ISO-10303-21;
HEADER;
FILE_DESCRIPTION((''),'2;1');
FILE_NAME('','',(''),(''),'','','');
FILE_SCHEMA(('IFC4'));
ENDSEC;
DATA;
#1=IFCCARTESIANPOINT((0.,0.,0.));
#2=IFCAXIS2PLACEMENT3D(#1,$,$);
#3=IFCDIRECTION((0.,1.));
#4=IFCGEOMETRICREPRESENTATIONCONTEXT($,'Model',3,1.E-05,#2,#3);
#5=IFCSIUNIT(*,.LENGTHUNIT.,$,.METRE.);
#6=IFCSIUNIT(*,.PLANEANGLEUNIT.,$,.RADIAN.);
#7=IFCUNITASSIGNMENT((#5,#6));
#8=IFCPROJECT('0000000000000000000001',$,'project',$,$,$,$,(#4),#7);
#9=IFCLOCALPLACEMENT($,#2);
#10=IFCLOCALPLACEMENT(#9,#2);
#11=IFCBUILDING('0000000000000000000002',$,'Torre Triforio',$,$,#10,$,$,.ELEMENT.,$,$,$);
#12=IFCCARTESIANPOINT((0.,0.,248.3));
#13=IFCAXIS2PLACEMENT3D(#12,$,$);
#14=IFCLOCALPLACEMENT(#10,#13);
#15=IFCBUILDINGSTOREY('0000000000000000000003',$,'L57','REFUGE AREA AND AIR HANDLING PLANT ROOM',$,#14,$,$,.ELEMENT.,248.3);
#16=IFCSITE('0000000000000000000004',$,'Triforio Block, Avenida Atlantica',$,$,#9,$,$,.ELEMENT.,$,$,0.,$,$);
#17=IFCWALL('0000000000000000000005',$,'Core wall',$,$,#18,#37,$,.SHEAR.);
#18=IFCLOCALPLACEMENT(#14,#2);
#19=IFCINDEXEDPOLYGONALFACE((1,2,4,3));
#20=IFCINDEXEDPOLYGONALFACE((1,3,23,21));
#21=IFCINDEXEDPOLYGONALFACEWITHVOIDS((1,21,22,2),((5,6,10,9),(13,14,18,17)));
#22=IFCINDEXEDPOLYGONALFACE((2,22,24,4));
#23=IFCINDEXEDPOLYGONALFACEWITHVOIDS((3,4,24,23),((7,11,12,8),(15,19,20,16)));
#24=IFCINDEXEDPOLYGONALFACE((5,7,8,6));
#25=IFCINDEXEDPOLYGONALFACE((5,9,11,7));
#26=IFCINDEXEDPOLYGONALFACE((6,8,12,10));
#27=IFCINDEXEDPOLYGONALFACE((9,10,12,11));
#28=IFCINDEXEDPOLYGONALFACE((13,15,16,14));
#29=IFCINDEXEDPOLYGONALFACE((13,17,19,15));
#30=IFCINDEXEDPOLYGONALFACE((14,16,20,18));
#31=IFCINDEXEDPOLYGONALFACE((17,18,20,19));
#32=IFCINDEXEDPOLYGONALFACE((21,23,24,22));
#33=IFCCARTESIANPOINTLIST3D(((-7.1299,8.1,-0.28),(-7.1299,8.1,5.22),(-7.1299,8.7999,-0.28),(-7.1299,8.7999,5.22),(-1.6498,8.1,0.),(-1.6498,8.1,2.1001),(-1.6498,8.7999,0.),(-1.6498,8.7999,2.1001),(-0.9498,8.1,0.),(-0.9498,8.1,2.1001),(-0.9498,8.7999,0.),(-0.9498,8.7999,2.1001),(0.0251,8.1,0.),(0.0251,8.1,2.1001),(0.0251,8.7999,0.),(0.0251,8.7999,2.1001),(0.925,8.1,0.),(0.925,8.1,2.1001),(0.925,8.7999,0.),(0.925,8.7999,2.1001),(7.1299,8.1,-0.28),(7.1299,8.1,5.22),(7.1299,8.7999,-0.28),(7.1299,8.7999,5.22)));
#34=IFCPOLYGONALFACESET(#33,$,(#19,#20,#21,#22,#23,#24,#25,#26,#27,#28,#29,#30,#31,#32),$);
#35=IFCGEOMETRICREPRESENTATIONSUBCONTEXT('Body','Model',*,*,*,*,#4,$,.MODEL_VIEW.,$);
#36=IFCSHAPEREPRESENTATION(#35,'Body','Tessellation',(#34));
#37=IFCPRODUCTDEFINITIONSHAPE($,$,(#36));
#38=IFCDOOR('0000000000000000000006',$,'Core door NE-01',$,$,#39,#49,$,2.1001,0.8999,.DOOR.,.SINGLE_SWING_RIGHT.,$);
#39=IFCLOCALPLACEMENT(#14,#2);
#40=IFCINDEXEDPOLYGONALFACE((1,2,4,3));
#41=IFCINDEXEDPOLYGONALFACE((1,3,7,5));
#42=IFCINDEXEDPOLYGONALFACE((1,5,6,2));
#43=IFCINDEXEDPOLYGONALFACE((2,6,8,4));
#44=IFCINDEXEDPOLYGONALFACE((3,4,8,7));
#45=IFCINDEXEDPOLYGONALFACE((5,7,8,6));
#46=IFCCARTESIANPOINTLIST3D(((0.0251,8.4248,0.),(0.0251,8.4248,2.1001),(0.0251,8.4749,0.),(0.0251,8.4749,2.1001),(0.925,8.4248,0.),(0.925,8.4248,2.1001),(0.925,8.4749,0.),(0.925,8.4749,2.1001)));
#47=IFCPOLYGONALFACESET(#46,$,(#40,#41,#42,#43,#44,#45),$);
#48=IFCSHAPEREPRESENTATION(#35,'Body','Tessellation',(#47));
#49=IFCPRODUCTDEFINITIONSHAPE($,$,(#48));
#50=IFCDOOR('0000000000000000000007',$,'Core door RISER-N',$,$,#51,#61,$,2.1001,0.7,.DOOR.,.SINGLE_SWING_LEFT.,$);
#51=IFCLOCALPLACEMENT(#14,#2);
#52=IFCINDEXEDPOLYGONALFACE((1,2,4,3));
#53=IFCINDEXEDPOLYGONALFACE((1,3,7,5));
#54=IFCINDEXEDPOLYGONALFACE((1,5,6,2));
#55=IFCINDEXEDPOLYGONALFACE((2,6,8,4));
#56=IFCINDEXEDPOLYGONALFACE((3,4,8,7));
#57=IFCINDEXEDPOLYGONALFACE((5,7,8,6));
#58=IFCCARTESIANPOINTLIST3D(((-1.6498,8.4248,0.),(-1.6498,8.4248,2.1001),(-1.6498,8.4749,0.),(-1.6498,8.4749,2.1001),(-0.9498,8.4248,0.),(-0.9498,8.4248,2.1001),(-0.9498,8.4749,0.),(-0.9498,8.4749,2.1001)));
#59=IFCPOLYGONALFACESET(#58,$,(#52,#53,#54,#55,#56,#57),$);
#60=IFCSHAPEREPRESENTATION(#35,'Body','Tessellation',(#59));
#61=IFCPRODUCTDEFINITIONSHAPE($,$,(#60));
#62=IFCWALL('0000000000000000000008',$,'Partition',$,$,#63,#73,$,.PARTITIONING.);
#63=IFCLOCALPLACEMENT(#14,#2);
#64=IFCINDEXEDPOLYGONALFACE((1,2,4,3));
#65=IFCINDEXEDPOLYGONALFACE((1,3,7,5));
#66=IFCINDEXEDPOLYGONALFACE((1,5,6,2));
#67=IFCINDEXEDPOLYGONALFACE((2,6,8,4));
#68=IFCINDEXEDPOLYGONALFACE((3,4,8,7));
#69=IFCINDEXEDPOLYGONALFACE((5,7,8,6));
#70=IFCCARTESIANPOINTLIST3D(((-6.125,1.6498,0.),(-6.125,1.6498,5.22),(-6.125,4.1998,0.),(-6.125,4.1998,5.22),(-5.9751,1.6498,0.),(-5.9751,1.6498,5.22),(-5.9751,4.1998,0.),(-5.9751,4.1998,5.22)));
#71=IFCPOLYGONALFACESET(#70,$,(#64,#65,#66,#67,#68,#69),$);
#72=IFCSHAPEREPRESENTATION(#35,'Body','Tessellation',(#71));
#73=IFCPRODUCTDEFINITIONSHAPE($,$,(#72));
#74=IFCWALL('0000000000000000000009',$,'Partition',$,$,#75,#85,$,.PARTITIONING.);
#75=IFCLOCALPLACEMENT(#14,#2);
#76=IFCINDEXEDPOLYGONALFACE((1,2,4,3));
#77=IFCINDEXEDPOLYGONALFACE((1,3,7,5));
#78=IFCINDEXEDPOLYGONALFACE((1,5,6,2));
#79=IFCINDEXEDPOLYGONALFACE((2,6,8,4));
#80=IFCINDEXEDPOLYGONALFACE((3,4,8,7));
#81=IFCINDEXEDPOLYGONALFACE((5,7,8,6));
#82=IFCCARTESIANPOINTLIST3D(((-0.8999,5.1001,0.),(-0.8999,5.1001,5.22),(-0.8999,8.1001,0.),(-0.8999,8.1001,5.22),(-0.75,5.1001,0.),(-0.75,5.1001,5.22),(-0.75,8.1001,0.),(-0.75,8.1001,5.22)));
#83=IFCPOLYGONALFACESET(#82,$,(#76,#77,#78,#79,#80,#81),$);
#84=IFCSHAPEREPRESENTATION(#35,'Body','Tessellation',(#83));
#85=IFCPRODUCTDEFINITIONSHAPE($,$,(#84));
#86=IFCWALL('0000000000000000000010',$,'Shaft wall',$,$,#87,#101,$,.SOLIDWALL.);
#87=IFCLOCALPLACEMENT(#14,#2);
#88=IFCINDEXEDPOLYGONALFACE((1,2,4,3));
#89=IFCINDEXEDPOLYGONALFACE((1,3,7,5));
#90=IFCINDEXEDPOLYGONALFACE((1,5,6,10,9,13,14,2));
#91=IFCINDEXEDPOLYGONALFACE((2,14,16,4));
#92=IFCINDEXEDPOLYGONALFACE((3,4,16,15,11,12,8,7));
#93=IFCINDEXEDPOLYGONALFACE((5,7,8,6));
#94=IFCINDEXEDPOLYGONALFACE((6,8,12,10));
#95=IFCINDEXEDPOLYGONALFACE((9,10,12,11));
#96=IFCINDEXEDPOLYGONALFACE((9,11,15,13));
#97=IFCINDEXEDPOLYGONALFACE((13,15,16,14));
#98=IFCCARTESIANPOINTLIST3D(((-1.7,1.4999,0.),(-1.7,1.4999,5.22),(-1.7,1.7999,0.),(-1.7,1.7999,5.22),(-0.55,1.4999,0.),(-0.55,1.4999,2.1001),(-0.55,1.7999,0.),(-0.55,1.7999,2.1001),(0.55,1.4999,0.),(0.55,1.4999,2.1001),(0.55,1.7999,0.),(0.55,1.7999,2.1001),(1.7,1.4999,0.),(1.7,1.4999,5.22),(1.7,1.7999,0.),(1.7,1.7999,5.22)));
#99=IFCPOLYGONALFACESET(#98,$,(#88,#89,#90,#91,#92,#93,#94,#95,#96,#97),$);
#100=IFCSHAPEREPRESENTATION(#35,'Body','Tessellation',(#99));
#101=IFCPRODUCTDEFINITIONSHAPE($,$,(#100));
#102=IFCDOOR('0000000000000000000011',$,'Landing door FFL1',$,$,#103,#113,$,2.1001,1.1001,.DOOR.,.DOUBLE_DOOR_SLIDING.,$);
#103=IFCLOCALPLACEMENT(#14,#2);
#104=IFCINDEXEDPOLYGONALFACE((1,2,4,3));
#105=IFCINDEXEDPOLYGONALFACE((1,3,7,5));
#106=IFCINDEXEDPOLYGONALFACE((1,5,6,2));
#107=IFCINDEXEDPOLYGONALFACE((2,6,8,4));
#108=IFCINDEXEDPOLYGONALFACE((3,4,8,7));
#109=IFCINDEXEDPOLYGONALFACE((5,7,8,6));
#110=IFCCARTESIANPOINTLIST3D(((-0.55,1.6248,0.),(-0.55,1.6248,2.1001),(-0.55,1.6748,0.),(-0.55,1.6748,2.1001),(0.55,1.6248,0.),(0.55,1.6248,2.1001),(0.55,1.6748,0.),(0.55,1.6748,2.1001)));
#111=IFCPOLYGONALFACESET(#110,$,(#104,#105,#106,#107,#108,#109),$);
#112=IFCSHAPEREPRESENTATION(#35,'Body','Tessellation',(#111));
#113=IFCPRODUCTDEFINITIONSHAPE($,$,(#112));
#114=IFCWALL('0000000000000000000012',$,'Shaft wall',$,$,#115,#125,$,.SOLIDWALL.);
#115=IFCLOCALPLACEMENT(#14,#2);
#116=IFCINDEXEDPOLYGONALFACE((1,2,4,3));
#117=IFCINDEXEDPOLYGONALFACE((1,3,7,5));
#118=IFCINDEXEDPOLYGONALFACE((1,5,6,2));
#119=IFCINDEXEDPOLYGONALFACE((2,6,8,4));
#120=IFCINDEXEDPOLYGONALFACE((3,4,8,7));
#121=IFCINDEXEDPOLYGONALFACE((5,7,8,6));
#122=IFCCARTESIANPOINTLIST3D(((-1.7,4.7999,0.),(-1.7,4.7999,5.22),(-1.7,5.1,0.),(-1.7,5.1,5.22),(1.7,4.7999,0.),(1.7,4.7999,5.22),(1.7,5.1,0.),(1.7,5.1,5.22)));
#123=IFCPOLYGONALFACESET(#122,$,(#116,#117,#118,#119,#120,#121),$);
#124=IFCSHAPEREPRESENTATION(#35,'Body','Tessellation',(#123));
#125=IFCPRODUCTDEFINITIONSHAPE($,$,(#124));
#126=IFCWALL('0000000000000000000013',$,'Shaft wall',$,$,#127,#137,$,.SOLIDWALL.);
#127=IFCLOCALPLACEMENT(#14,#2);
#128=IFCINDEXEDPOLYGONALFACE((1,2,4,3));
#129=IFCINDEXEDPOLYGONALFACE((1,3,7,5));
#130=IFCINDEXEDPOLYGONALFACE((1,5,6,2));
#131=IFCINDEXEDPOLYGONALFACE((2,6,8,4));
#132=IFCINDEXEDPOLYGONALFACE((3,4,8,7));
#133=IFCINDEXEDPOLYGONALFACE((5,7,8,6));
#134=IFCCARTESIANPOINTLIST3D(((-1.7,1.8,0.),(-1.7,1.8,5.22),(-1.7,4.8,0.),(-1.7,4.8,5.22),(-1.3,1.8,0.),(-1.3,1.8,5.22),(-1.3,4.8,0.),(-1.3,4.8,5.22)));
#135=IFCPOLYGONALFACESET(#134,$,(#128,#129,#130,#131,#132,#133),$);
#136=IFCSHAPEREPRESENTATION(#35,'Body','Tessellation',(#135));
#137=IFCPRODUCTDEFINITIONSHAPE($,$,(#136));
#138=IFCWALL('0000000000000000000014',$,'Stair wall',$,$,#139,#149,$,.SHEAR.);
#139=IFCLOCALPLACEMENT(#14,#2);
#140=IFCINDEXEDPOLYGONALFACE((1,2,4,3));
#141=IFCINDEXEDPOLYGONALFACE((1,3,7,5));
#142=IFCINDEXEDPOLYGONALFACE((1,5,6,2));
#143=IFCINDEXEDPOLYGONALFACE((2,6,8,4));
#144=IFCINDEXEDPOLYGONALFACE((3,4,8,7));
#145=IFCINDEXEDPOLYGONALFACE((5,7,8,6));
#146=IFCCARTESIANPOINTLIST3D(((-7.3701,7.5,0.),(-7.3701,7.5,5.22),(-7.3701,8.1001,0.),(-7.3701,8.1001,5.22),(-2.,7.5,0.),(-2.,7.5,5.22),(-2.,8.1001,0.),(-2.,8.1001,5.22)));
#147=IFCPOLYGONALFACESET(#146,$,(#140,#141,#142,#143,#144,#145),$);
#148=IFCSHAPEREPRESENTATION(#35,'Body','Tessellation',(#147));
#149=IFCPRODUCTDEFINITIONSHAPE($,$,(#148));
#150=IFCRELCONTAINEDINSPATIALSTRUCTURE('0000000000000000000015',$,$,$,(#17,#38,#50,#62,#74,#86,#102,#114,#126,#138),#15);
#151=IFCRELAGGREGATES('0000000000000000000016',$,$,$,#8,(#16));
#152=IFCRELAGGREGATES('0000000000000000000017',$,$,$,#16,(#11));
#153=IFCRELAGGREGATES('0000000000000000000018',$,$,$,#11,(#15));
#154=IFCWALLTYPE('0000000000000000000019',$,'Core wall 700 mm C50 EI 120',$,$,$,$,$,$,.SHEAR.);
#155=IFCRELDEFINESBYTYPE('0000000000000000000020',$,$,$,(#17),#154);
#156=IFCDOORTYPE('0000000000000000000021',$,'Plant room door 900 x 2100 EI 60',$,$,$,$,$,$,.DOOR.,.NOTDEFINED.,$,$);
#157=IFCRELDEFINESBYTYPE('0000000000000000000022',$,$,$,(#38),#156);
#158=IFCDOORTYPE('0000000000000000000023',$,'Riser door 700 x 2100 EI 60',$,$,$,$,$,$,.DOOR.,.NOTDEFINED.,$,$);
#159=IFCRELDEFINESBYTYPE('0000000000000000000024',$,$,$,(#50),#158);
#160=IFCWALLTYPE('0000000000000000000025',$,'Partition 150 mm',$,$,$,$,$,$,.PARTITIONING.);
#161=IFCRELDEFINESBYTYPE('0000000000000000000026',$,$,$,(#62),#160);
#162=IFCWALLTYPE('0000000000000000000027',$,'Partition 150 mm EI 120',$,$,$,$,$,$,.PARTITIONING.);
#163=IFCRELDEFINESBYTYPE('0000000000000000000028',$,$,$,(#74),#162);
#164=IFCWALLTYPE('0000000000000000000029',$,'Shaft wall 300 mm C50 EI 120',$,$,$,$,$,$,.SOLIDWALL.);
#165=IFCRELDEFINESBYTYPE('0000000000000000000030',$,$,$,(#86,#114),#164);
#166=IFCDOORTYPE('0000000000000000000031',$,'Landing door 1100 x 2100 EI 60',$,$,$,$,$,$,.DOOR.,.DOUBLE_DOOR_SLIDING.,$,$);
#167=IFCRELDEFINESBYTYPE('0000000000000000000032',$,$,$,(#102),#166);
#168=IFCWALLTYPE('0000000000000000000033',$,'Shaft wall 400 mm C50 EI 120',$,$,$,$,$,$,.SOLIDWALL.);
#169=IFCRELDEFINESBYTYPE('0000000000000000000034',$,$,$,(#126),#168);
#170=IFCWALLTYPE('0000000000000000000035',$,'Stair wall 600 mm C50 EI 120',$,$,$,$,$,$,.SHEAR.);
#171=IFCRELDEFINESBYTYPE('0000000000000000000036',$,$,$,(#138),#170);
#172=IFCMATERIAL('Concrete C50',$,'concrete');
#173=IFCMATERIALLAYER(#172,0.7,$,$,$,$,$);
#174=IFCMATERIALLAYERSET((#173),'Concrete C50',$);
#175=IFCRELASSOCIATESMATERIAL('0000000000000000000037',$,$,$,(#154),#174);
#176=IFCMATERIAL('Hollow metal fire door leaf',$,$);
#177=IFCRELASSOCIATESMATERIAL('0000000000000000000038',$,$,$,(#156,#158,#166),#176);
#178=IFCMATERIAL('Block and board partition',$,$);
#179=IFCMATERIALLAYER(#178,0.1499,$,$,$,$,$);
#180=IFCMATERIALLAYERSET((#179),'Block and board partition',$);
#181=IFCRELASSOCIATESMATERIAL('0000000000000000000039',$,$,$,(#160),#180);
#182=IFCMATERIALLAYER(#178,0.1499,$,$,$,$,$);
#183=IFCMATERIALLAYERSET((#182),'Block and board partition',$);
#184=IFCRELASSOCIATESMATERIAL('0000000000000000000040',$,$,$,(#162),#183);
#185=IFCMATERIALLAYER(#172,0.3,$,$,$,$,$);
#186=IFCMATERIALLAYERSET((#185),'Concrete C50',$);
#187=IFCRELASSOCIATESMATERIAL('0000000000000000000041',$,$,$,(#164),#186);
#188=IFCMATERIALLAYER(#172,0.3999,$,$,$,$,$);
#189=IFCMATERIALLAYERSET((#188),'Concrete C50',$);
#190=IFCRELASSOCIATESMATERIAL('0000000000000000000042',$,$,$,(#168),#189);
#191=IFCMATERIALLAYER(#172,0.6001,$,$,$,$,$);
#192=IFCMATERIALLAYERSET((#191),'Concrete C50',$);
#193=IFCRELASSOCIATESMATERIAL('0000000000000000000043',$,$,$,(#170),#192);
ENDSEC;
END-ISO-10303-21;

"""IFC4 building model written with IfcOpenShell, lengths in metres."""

from ifc_helpers import new_model, si_unit, direction, frame, frame_2d, origin, place, context, subcontext, project, spatial, rectangle, extrude, material, layer, layer_set, type_object, element, fill, save


model = new_model("IFC4")

# Units and contexts
model_context = context("Model", 3, precision=1e-05, world=origin(), true_north=direction((0.0, 1.0)))
body_context = subcontext(model_context, "Body", "Model", "MODEL_VIEW")
ifc_project = project(units=[si_unit("LENGTHUNIT", "METRE"), si_unit("PLANEANGLEUNIT", "RADIAN")], contexts=[model_context])

# Site, building, storey
site_placement = place(None, origin())
site = spatial("IfcSite", under=ifc_project, at=site_placement, Name="Triforio Block, Avenida Atlantica", CompositionType="ELEMENT", RefElevation=0.0)
building_placement = place(site_placement, origin())
building = spatial("IfcBuilding", under=site, at=building_placement, Name="Torre Triforio", CompositionType="ELEMENT")
storey_placement = place(building_placement, frame((0.0, 0.0, 248.3)))
storey = spatial("IfcBuildingStorey", under=building, at=storey_placement, Name="L57", Description="REFUGE AREA AND AIR HANDLING PLANT ROOM", CompositionType="ELEMENT", Elevation=248.3)

# Shared definitions
ifc_material_1 = material(Name="Concrete C50", Category="concrete")

# Wall, openings, doors
ifc_layer_1 = layer(ifc_material_1, 0.7)
ifc_layer_set_1 = layer_set([ifc_layer_1], Name="Concrete C50")
wall_type_1 = type_object("IfcWallType", Name="Core wall 700 mm C50 EI 120", PredefinedType="SHEAR", material=ifc_layer_set_1)
wall_1_placement = place(storey_placement, frame((-7.1299, 8.45, -0.28), z_axis=(0.0, 0.0, 1.0), x_axis=(1.0, 0.0, 0.0)))
wall_1 = element("IfcWall", 1, at=wall_1_placement, inside=storey, type_object=wall_type_1, Name="Core wall", PredefinedType="SHEAR", context=body_context, shape_type="SweptSolid", body=[
    extrude(rectangle(XDim=14.2598, YDim=0.7, at=frame_2d((7.1299, 0.0))), origin(), (0.0, 0.0, 1.0), 5.5),
])
opening_1_placement = place(wall_1_placement, frame((5.48, 0.0, 0.28)))
opening_1 = element("IfcOpeningElement", 2, at=opening_1_placement, cuts=wall_1, PredefinedType="OPENING", context=body_context, shape_type="SweptSolid", body=[
    extrude(rectangle(XDim=0.7, YDim=2.1001, at=frame_2d((0.3501, 1.05))), frame((0.0, 0.3599, 0.0), z_axis=(0.0, -1.0, 0.0), x_axis=(1.0, 0.0, 0.0)), (0.0, 0.0, 1.0), 0.72),
])
opening_2_placement = place(wall_1_placement, frame((7.155, 0.0, 0.28)))
opening_2 = element("IfcOpeningElement", 3, at=opening_2_placement, cuts=wall_1, PredefinedType="OPENING", context=body_context, shape_type="SweptSolid", body=[
    extrude(rectangle(XDim=0.8999, YDim=2.1001, at=frame_2d((0.45, 1.05))), frame((0.0, 0.3599, 0.0), z_axis=(0.0, -1.0, 0.0), x_axis=(1.0, 0.0, 0.0)), (0.0, 0.0, 1.0), 0.72),
])
ifc_material_2 = material(Name="Hollow metal fire door leaf")
door_type_1 = type_object("IfcDoorType", Name="Plant room door 900 x 2100 EI 60", OperationType="NOTDEFINED", PredefinedType="DOOR", material=ifc_material_2)
door_1_placement = place(opening_2_placement, origin())
door_1 = element("IfcDoor", 4, at=door_1_placement, inside=storey, type_object=door_type_1, Name="Core door NE-01", OperationType="SINGLE_SWING_RIGHT", OverallHeight=2.1001, OverallWidth=0.8999, PredefinedType="DOOR", context=body_context, shape_type="SweptSolid", body=[
    extrude(rectangle(XDim=0.8999, YDim=2.1001, at=frame_2d((0.45, 1.05))), frame((0.0, 0.0249, 0.0), z_axis=(0.0, -1.0, 0.0), x_axis=(1.0, 0.0, 0.0)), (0.0, 0.0, 1.0), 0.05),
])
fill(opening_2, door_1)
door_type_2 = type_object("IfcDoorType", Name="Riser door 700 x 2100 EI 60", OperationType="NOTDEFINED", PredefinedType="DOOR", material=ifc_material_2)
door_2_placement = place(opening_1_placement, origin())
door_2 = element("IfcDoor", 5, at=door_2_placement, inside=storey, type_object=door_type_2, Name="Core door RISER-N", OperationType="SINGLE_SWING_LEFT", OverallHeight=2.1001, OverallWidth=0.7, PredefinedType="DOOR", context=body_context, shape_type="SweptSolid", body=[
    extrude(rectangle(XDim=0.7, YDim=2.1001, at=frame_2d((0.3501, 1.05))), frame((0.0, 0.0249, 0.0), z_axis=(0.0, -1.0, 0.0), x_axis=(1.0, 0.0, 0.0)), (0.0, 0.0, 1.0), 0.05),
])
fill(opening_1, door_2)

# Walls
ifc_material_3 = material(Name="Block and board partition")
ifc_layer_2 = layer(ifc_material_3, 0.1499)
ifc_layer_set_2 = layer_set([ifc_layer_2], Name="Block and board partition")
wall_type_2 = type_object("IfcWallType", Name="Partition 150 mm", PredefinedType="PARTITIONING", material=ifc_layer_set_2)
wall_2_placement = place(storey_placement, frame((-6.05, 1.6499, 0.0), z_axis=(0.0, 0.0, 1.0), x_axis=(0.0, 1.0, 0.0)))
element("IfcWall", 6, at=wall_2_placement, inside=storey, type_object=wall_type_2, Name="Partition", PredefinedType="PARTITIONING", context=body_context, shape_type="SweptSolid", body=[
    extrude(rectangle(XDim=2.55, YDim=0.1499, at=frame_2d((1.2749, 0.0))), origin(), (0.0, 0.0, 1.0), 5.22),
])
ifc_layer_3 = layer(ifc_material_3, 0.1499)
ifc_layer_set_3 = layer_set([ifc_layer_3], Name="Block and board partition")
wall_type_3 = type_object("IfcWallType", Name="Partition 150 mm EI 120", PredefinedType="PARTITIONING", material=ifc_layer_set_3)
wall_3_placement = place(storey_placement, frame((-0.825, 5.1001, 0.0), z_axis=(0.0, 0.0, 1.0), x_axis=(0.0, 1.0, 0.0)))
element("IfcWall", 7, at=wall_3_placement, inside=storey, type_object=wall_type_3, Name="Partition", PredefinedType="PARTITIONING", context=body_context, shape_type="SweptSolid", body=[
    extrude(rectangle(XDim=3.0, YDim=0.1499, at=frame_2d((1.5, 0.0))), origin(), (0.0, 0.0, 1.0), 5.22),
])

# Wall, opening, door
ifc_layer_4 = layer(ifc_material_1, 0.3)
ifc_layer_set_4 = layer_set([ifc_layer_4], Name="Concrete C50")
wall_type_4 = type_object("IfcWallType", Name="Shaft wall 300 mm C50 EI 120", PredefinedType="SOLIDWALL", material=ifc_layer_set_4)
wall_4_placement = place(storey_placement, frame((-1.7, 1.6499, 0.0), z_axis=(0.0, 0.0, 1.0), x_axis=(1.0, 0.0, 0.0)))
wall_4 = element("IfcWall", 8, at=wall_4_placement, inside=storey, type_object=wall_type_4, Name="Shaft wall", PredefinedType="SOLIDWALL", context=body_context, shape_type="SweptSolid", body=[
    extrude(rectangle(XDim=3.3999, YDim=0.3, at=frame_2d((1.7, 0.0))), origin(), (0.0, 0.0, 1.0), 5.22),
])
opening_3_placement = place(wall_4_placement, frame((1.1499, 0.0, 0.0)))
opening_3 = element("IfcOpeningElement", 9, at=opening_3_placement, cuts=wall_4, PredefinedType="OPENING", context=body_context, shape_type="SweptSolid", body=[
    extrude(rectangle(XDim=1.1001, YDim=2.1001, at=frame_2d((0.55, 1.05))), frame((0.0, 0.1599, 0.0), z_axis=(0.0, -1.0, 0.0), x_axis=(1.0, 0.0, 0.0)), (0.0, 0.0, 1.0), 0.3201),
])
door_type_3 = type_object("IfcDoorType", Name="Landing door 1100 x 2100 EI 60", OperationType="DOUBLE_DOOR_SLIDING", PredefinedType="DOOR", material=ifc_material_2)
door_3_placement = place(opening_3_placement, origin())
door_3 = element("IfcDoor", 10, at=door_3_placement, inside=storey, type_object=door_type_3, Name="Landing door FFL1", OperationType="DOUBLE_DOOR_SLIDING", OverallHeight=2.1001, OverallWidth=1.1001, PredefinedType="DOOR", context=body_context, shape_type="SweptSolid", body=[
    extrude(rectangle(XDim=1.1001, YDim=2.1001, at=frame_2d((0.55, 1.05))), frame((0.0, 0.0249, 0.0), z_axis=(0.0, -1.0, 0.0), x_axis=(1.0, 0.0, 0.0)), (0.0, 0.0, 1.0), 0.05),
])
fill(opening_3, door_3)

# Walls
wall_5_placement = place(storey_placement, frame((-1.7, 4.95, 0.0), z_axis=(0.0, 0.0, 1.0), x_axis=(1.0, 0.0, 0.0)))
element("IfcWall", 11, at=wall_5_placement, inside=storey, type_object=wall_type_4, Name="Shaft wall", PredefinedType="SOLIDWALL", context=body_context, shape_type="SweptSolid", body=[
    extrude(rectangle(XDim=3.3999, YDim=0.3, at=frame_2d((1.7, 0.0))), origin(), (0.0, 0.0, 1.0), 5.22),
])
ifc_layer_5 = layer(ifc_material_1, 0.3999)
ifc_layer_set_5 = layer_set([ifc_layer_5], Name="Concrete C50")
wall_type_5 = type_object("IfcWallType", Name="Shaft wall 400 mm C50 EI 120", PredefinedType="SOLIDWALL", material=ifc_layer_set_5)
wall_6_placement = place(storey_placement, frame((-1.5, 1.8, 0.0), z_axis=(0.0, 0.0, 1.0), x_axis=(0.0, 1.0, 0.0)))
element("IfcWall", 12, at=wall_6_placement, inside=storey, type_object=wall_type_5, Name="Shaft wall", PredefinedType="SOLIDWALL", context=body_context, shape_type="SweptSolid", body=[
    extrude(rectangle(XDim=3.0, YDim=0.3999, at=frame_2d((1.5, 0.0))), origin(), (0.0, 0.0, 1.0), 5.22),
])
ifc_layer_6 = layer(ifc_material_1, 0.6001)
ifc_layer_set_6 = layer_set([ifc_layer_6], Name="Concrete C50")
wall_type_6 = type_object("IfcWallType", Name="Stair wall 600 mm C50 EI 120", PredefinedType="SHEAR", material=ifc_layer_set_6)
wall_7_placement = place(storey_placement, frame((-7.3701, 7.8, 0.0), z_axis=(0.0, 0.0, 1.0), x_axis=(1.0, 0.0, 0.0)))
element("IfcWall", 13, at=wall_7_placement, inside=storey, type_object=wall_type_6, Name="Stair wall", PredefinedType="SHEAR", context=body_context, shape_type="SweptSolid", body=[
    extrude(rectangle(XDim=5.3701, YDim=0.6001, at=frame_2d((2.6851, 0.0))), origin(), (0.0, 0.0, 1.0), 5.22),
])

save(model, "model.ifc")
